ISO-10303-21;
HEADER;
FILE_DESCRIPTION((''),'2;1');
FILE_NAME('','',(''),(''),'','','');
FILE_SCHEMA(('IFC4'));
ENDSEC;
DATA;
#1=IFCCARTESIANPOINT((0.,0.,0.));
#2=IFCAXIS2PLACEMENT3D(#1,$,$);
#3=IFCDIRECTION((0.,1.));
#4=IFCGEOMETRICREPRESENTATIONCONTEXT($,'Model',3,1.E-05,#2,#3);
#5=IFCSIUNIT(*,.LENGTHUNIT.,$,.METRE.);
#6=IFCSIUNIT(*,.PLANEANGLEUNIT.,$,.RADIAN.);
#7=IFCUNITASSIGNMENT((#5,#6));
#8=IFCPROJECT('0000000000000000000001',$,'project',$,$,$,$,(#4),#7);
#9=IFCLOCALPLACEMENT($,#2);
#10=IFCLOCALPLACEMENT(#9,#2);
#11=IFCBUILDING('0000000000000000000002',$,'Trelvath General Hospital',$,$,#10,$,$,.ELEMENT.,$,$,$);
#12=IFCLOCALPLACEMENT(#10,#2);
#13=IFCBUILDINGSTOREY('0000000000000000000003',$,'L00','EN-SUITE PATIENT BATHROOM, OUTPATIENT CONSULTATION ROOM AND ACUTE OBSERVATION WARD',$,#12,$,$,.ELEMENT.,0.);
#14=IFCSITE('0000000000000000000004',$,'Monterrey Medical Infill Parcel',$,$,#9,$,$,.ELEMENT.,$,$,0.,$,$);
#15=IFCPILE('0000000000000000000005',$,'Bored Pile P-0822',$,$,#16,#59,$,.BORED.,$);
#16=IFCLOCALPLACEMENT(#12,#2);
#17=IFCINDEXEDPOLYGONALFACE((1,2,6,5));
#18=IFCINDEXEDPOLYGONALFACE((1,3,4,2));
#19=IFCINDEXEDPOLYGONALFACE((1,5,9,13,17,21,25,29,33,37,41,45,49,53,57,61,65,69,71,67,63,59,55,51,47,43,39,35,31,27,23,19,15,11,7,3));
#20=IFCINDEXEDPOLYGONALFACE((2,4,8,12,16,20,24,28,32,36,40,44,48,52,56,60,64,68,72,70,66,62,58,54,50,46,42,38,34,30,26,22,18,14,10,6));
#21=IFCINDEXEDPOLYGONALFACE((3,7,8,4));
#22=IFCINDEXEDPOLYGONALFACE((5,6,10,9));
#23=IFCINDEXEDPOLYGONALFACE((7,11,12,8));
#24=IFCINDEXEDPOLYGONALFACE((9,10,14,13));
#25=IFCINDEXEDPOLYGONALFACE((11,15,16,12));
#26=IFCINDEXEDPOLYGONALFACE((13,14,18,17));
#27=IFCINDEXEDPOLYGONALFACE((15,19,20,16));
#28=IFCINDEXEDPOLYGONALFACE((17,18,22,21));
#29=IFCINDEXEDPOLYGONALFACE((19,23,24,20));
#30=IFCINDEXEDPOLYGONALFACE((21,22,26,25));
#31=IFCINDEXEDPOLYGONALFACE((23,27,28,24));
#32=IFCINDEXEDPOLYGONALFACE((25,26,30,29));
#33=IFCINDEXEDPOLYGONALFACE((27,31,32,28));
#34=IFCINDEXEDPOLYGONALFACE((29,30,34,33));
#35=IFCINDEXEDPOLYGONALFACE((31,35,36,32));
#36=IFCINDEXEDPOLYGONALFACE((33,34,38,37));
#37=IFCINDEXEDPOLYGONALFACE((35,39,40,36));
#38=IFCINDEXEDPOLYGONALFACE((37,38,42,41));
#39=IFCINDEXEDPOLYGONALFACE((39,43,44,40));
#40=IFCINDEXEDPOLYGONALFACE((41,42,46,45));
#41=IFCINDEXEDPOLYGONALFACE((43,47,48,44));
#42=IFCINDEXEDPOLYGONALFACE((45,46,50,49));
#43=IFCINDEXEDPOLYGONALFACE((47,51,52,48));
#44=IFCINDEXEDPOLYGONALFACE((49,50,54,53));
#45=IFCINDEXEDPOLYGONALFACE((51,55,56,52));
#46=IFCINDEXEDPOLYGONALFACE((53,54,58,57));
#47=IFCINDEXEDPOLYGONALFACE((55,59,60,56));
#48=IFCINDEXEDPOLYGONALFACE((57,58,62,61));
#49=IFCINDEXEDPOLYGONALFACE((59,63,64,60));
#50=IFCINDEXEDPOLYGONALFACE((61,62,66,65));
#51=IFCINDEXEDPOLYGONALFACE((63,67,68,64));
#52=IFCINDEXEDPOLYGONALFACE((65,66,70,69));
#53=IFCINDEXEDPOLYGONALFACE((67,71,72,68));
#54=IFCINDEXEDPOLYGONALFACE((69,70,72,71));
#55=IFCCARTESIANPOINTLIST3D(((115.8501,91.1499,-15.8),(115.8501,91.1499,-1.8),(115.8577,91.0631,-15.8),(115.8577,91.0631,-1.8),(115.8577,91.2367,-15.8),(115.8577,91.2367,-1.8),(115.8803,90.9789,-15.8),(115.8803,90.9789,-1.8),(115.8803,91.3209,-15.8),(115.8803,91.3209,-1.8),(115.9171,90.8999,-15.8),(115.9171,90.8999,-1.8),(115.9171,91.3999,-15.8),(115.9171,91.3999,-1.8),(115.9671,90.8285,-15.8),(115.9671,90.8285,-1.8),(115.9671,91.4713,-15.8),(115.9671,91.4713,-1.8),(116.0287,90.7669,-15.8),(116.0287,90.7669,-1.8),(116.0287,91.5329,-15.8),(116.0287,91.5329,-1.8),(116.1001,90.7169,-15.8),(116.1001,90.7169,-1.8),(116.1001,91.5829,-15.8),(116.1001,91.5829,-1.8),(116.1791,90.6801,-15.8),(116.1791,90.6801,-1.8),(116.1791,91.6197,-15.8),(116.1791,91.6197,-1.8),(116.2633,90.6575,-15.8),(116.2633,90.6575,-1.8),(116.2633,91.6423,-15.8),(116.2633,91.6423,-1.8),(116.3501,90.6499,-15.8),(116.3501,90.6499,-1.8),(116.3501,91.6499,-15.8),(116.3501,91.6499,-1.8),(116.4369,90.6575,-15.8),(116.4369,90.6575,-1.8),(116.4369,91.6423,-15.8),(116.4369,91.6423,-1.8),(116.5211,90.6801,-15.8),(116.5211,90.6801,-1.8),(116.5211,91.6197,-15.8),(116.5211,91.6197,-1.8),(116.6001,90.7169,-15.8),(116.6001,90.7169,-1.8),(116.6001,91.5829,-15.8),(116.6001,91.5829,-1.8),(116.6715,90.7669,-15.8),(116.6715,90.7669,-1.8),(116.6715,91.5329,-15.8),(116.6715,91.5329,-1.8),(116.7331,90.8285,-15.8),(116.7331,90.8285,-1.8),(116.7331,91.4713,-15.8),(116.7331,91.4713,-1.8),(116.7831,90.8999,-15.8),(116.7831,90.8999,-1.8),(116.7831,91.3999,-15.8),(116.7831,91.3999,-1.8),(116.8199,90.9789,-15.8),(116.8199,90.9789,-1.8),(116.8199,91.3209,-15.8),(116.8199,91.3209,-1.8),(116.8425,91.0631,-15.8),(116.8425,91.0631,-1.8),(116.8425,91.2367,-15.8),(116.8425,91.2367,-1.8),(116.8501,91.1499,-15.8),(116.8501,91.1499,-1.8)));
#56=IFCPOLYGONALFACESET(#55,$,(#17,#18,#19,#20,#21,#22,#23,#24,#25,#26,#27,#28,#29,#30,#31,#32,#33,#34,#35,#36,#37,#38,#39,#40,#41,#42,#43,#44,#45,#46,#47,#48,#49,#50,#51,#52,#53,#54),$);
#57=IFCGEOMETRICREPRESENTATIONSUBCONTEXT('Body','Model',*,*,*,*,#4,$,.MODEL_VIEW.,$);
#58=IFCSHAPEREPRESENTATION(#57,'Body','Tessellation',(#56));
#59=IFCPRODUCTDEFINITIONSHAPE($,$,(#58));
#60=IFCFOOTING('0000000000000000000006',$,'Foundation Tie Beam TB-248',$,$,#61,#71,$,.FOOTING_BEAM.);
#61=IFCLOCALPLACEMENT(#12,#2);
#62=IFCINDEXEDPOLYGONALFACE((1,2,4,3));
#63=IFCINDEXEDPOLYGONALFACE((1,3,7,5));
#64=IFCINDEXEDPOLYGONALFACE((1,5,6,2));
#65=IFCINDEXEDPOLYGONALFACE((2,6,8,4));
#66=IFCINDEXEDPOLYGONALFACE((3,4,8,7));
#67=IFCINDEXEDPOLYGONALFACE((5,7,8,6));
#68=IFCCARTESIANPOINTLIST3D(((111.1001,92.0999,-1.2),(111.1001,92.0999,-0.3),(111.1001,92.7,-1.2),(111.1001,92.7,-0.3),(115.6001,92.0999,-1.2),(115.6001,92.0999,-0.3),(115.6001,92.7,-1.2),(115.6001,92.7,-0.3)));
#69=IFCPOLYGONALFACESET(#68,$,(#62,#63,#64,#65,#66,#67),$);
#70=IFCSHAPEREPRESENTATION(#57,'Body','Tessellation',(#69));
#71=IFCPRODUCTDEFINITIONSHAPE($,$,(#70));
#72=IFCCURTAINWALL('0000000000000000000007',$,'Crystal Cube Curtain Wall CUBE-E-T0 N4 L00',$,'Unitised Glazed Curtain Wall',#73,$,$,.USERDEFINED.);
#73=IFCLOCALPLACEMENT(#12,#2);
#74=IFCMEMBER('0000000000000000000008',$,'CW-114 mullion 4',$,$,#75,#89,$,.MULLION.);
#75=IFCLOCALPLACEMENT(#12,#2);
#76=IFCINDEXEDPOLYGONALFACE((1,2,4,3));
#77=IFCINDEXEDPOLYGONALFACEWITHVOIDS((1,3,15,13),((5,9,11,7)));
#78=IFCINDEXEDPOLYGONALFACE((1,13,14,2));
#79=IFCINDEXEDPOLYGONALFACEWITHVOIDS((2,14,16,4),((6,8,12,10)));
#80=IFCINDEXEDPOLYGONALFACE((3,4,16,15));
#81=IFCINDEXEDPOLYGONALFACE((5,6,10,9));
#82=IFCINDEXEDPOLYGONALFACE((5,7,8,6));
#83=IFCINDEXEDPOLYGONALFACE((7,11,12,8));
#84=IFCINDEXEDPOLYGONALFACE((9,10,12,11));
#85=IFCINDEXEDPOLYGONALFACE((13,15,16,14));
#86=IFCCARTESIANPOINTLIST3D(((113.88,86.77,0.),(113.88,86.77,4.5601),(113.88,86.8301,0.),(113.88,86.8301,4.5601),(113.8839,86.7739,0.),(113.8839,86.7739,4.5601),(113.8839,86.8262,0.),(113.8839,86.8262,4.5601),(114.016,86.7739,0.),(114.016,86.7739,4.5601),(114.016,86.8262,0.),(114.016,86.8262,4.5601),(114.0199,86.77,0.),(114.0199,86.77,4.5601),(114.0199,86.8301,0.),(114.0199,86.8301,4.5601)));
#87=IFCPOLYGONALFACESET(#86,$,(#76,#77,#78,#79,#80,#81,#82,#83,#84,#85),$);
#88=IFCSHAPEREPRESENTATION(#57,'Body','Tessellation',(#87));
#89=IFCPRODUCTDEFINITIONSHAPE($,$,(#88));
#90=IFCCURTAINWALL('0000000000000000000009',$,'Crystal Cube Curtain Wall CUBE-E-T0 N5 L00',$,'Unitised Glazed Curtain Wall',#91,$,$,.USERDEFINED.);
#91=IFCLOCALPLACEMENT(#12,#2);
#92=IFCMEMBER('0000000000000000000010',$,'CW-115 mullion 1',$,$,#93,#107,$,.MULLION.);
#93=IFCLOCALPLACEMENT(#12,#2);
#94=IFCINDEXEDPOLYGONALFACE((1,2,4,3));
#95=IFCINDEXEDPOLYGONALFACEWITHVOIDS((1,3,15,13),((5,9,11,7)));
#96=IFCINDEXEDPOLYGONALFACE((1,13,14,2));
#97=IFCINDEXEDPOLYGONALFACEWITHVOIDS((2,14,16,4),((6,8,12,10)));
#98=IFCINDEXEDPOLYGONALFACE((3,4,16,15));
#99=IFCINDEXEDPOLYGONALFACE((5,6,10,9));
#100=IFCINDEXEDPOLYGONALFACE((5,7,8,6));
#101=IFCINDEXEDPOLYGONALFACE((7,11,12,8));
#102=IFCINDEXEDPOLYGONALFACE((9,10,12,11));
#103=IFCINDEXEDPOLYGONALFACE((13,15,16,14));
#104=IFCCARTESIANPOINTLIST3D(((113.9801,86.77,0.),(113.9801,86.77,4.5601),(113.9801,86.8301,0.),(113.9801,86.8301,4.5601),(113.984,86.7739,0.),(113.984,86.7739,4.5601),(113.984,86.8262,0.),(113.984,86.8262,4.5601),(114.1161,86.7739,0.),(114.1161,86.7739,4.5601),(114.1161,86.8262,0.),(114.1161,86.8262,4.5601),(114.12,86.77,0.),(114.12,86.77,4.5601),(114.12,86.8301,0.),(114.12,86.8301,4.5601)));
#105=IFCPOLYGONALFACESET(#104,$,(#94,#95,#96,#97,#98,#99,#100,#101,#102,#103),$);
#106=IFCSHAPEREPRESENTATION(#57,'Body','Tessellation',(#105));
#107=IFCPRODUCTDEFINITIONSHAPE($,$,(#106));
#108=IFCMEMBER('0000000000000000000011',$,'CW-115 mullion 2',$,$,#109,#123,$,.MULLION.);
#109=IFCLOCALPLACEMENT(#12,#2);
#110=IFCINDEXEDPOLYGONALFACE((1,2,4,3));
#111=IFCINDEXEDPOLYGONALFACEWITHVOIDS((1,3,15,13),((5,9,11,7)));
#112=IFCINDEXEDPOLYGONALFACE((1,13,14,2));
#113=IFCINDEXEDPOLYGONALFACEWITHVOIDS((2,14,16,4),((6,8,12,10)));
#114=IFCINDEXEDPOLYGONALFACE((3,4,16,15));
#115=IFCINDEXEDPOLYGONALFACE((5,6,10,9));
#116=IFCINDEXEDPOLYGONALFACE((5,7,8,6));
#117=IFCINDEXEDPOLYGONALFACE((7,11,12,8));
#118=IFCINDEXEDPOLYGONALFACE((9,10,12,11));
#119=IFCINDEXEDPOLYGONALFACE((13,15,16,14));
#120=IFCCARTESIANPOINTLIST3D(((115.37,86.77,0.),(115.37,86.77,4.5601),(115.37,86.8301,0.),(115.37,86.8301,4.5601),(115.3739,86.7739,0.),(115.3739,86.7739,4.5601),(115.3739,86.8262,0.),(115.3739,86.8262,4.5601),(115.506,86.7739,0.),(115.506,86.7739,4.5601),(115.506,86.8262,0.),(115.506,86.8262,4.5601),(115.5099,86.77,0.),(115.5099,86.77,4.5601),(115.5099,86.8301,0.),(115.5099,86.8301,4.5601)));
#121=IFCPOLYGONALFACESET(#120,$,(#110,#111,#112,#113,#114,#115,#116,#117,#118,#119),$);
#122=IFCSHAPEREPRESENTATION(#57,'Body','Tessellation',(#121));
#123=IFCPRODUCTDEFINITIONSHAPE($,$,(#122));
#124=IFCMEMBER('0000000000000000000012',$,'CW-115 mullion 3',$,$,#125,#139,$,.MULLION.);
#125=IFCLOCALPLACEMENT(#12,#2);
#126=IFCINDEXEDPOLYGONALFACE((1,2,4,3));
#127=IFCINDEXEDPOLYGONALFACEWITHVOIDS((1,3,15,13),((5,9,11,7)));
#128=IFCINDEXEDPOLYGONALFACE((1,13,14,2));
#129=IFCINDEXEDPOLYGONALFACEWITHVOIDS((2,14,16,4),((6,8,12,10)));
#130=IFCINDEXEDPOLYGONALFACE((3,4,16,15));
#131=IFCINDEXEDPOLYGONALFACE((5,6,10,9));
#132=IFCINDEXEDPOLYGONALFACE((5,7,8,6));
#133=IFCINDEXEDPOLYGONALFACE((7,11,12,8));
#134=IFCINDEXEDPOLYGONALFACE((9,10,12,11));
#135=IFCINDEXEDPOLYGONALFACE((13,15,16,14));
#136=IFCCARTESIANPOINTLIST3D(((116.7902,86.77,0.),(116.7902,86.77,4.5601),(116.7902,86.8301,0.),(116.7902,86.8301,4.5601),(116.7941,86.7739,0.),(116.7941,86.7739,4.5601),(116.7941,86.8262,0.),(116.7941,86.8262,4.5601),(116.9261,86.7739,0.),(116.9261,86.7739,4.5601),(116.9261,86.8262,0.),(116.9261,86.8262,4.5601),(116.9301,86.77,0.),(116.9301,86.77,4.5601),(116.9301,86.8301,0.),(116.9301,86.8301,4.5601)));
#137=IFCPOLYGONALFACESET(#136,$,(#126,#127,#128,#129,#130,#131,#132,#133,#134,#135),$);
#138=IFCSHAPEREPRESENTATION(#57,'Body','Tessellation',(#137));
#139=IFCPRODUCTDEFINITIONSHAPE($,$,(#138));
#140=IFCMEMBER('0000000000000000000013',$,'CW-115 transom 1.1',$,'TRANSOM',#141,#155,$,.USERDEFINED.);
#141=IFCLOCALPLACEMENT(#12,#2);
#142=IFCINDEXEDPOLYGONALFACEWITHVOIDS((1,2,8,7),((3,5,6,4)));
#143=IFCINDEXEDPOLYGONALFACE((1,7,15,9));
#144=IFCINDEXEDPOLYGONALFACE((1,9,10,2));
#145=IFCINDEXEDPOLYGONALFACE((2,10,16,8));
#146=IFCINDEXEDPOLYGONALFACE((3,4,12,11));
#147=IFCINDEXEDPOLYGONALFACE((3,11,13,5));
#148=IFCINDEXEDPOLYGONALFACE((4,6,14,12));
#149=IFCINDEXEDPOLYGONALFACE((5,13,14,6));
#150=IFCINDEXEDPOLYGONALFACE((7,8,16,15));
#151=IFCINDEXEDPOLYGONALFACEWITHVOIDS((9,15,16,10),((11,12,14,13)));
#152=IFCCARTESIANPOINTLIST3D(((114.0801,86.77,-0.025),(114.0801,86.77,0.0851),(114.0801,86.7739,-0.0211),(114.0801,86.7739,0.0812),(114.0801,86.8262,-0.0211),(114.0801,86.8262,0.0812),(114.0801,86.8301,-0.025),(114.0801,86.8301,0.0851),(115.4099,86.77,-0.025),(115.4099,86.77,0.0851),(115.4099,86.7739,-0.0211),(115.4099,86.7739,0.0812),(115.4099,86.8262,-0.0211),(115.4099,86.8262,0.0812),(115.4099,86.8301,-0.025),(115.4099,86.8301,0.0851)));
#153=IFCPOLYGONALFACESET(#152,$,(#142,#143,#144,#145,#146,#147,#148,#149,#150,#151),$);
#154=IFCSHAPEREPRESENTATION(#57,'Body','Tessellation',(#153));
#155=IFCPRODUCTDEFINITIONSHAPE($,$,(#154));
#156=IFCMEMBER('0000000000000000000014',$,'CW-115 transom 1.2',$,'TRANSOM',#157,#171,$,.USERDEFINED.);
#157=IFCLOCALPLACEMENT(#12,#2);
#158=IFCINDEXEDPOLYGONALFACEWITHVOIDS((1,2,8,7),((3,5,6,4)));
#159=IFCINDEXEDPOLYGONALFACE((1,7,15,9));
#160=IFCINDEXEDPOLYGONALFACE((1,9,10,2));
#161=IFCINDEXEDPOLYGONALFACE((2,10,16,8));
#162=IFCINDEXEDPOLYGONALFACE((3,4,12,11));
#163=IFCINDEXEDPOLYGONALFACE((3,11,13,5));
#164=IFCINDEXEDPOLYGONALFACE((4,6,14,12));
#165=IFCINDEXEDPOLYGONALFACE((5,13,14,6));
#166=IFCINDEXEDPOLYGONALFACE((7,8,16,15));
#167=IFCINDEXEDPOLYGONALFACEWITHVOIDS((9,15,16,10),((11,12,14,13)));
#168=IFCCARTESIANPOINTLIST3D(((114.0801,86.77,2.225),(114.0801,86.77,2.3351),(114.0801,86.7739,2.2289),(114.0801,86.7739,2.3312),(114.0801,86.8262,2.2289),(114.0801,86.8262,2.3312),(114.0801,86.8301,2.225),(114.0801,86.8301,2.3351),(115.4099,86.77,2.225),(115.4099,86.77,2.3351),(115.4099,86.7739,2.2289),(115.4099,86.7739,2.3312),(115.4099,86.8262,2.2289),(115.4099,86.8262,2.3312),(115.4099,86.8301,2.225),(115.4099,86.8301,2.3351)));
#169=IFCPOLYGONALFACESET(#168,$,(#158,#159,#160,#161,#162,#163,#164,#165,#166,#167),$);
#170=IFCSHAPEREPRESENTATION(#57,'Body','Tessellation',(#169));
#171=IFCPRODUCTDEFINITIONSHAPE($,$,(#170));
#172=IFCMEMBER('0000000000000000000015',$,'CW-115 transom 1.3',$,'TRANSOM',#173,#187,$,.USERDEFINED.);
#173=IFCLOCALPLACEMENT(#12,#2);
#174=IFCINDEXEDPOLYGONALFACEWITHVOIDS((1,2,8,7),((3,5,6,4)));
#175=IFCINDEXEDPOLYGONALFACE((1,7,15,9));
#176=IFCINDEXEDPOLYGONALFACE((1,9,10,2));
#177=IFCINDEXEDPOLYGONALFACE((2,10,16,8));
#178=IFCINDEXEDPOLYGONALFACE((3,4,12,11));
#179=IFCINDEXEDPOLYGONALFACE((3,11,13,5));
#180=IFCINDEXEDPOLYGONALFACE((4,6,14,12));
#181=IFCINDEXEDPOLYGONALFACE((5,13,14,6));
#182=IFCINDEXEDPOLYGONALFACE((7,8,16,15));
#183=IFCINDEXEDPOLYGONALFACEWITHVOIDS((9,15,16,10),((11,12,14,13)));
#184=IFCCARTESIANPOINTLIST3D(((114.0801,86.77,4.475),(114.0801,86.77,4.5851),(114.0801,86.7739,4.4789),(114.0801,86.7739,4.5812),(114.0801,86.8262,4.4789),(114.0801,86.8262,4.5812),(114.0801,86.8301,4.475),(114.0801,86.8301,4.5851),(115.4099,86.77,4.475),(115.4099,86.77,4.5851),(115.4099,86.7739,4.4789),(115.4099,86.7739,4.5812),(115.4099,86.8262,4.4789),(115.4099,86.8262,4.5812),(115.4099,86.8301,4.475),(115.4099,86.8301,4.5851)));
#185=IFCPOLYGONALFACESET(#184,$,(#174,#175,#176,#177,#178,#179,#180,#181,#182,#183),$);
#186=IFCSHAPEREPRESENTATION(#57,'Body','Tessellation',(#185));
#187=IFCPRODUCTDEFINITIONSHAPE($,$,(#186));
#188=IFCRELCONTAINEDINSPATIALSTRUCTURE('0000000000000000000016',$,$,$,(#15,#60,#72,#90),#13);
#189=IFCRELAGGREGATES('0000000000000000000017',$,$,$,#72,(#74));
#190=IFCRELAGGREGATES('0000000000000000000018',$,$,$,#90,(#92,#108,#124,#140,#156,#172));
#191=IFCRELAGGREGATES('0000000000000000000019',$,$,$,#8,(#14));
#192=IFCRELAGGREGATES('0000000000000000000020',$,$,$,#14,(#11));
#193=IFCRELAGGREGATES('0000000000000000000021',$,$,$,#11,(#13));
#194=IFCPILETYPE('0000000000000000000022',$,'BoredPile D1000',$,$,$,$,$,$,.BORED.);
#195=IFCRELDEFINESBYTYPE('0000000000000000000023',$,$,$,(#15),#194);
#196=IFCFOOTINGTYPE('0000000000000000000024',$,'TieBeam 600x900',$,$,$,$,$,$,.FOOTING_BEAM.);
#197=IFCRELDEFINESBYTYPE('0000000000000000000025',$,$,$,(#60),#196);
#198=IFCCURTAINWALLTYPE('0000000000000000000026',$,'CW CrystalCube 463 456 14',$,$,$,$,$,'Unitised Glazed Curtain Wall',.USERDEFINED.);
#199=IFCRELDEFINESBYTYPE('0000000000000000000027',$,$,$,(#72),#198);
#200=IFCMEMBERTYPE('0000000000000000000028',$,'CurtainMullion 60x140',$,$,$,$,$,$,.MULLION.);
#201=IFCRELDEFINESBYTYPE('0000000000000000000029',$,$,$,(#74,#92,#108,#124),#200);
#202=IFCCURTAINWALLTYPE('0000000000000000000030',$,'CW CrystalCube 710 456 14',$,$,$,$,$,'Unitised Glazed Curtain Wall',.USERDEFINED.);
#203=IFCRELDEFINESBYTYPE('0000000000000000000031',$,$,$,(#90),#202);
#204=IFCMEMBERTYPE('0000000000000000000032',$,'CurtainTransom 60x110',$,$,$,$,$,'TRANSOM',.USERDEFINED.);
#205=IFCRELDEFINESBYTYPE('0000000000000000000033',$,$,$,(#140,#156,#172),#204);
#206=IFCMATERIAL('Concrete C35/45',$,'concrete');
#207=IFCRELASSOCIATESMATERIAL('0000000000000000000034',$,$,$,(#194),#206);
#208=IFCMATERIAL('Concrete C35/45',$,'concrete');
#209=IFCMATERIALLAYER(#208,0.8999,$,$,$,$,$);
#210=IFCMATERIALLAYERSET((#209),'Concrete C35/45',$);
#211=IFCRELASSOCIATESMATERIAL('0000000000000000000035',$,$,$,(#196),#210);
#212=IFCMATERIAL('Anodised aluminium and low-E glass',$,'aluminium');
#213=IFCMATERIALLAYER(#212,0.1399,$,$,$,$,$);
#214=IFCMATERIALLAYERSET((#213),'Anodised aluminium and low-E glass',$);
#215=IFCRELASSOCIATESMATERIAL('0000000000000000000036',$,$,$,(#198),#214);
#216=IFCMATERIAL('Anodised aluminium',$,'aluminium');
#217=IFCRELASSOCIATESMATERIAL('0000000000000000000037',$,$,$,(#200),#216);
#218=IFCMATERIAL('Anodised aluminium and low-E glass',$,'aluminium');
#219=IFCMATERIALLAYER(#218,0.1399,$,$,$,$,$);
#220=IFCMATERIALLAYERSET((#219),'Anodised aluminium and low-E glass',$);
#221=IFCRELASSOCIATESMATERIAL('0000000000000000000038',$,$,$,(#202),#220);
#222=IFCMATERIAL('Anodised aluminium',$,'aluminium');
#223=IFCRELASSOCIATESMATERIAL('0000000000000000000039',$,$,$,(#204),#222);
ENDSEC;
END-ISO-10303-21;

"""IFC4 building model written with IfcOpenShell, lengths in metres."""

from ifc_helpers import new_model, si_unit, direction, frame, origin, origin_2d, place, context, subcontext, project, spatial, rectangle, hollow_rectangle, circle, extrude, material, layer, layer_set, material_profile, profile_set, type_object, element, aggregate, save


model = new_model("IFC4")

# Units and contexts
model_context = context("Model", 3, precision=1e-05, world=origin(), true_north=direction((0.0, 1.0)))
body_context = subcontext(model_context, "Body", "Model", "MODEL_VIEW")
ifc_project = project(units=[si_unit("LENGTHUNIT", "METRE"), si_unit("PLANEANGLEUNIT", "RADIAN")], contexts=[model_context])

# Site, building, storey
site_placement = place(None, origin())
site = spatial("IfcSite", under=ifc_project, at=site_placement, Name="Monterrey Medical Infill Parcel", CompositionType="ELEMENT", RefElevation=0.0)
building_placement = place(site_placement, origin())
building = spatial("IfcBuilding", under=site, at=building_placement, Name="Trelvath General Hospital", CompositionType="ELEMENT")
storey_placement = place(building_placement, origin())
storey = spatial("IfcBuildingStorey", under=building, at=storey_placement, Name="L00", Description="EN-SUITE PATIENT BATHROOM, OUTPATIENT CONSULTATION ROOM AND ACUTE OBSERVATION WARD", CompositionType="ELEMENT", Elevation=0.0)

# Pile
ifc_material_1 = material(Name="Concrete C35/45", Category="concrete")
ifc_material_profile_1 = material_profile(ifc_material_1, circle(Radius=0.5, at=origin_2d()), Name="PILE1000")
ifc_profile_set_1 = profile_set([ifc_material_profile_1], Name="Concrete C35/45")
pile_type = type_object("IfcPileType", Name="BoredPile D1000", PredefinedType="BORED", material=ifc_profile_set_1)
pile_placement = place(storey_placement, frame((116.3501, 91.1499, -1.8), z_axis=(0.0, 0.0, -1.0), x_axis=(1.0, 0.0, 0.0)))
element("IfcPile", 1, at=pile_placement, inside=storey, type_object=pile_type, Name="Bored Pile P-0822", PredefinedType="BORED", context=body_context, shape_type="SweptSolid", body=[
    extrude(circle(Radius=0.5, at=origin_2d()), origin(), (0.0, 0.0, 1.0), 14.0),
])

# Footing
ifc_material_2 = material(Name="Concrete C35/45", Category="concrete")
ifc_layer_1 = layer(ifc_material_2, 0.8999)
ifc_layer_set_1 = layer_set([ifc_layer_1], Name="Concrete C35/45")
footing_type = type_object("IfcFootingType", Name="TieBeam 600x900", PredefinedType="FOOTING_BEAM", material=ifc_layer_set_1)
footing_placement = place(storey_placement, frame((113.3501, 92.3999, -1.2), z_axis=(0.0, 0.0, 1.0), x_axis=(1.0, 0.0, 0.0)))
element("IfcFooting", 2, at=footing_placement, inside=storey, type_object=footing_type, Name="Foundation Tie Beam TB-248", PredefinedType="FOOTING_BEAM", context=body_context, shape_type="SweptSolid", body=[
    extrude(rectangle(XDim=4.5, YDim=0.6001, at=origin_2d()), origin(), (0.0, 0.0, 1.0), 0.8999),
])

# Curtain wall, member
ifc_material_3 = material(Name="Anodised aluminium and low-E glass", Category="aluminium")
ifc_layer_2 = layer(ifc_material_3, 0.1399)
ifc_layer_set_2 = layer_set([ifc_layer_2], Name="Anodised aluminium and low-E glass")
curtain_wall_type_1 = type_object("IfcCurtainWallType", Name="CW CrystalCube 463 456 14", ElementType="Unitised Glazed Curtain Wall", PredefinedType="USERDEFINED", material=ifc_layer_set_2)
curtain_wall_1_placement = place(storey_placement, origin())
curtain_wall_1 = element("IfcCurtainWall", 3, at=curtain_wall_1_placement, inside=storey, type_object=curtain_wall_type_1, Name="Crystal Cube Curtain Wall CUBE-E-T0 N4 L00", ObjectType="Unitised Glazed Curtain Wall", PredefinedType="USERDEFINED")
ifc_material_4 = material(Name="Anodised aluminium", Category="aluminium")
ifc_material_profile_2 = material_profile(ifc_material_4, hollow_rectangle(XDim=0.0601, YDim=0.1399, WallThickness=0.0039, at=origin_2d()), Name="RHS60x140x4")
ifc_profile_set_2 = profile_set([ifc_material_profile_2], Name="Anodised aluminium")
member_type_1 = type_object("IfcMemberType", Name="CurtainMullion 60x140", PredefinedType="MULLION", material=ifc_profile_set_2)
member_1_placement = place(storey_placement, frame((113.95, 86.8, 0.0), z_axis=(0.0, 0.0, 1.0), x_axis=(0.0, 1.0, 0.0)))
member_1 = element("IfcMember", 4, at=member_1_placement, type_object=member_type_1, Name="CW-114 mullion 4", PredefinedType="MULLION", context=body_context, shape_type="SweptSolid", body=[
    extrude(hollow_rectangle(XDim=0.0601, YDim=0.1399, WallThickness=0.0039, at=origin_2d()), origin(), (0.0, 0.0, 1.0), 4.5601),
])
aggregate(curtain_wall_1, [member_1])

# Curtain wall, members
ifc_material_5 = material(Name="Anodised aluminium and low-E glass", Category="aluminium")
ifc_layer_3 = layer(ifc_material_5, 0.1399)
ifc_layer_set_3 = layer_set([ifc_layer_3], Name="Anodised aluminium and low-E glass")
curtain_wall_type_2 = type_object("IfcCurtainWallType", Name="CW CrystalCube 710 456 14", ElementType="Unitised Glazed Curtain Wall", PredefinedType="USERDEFINED", material=ifc_layer_set_3)
curtain_wall_2_placement = place(storey_placement, origin())
curtain_wall_2 = element("IfcCurtainWall", 5, at=curtain_wall_2_placement, inside=storey, type_object=curtain_wall_type_2, Name="Crystal Cube Curtain Wall CUBE-E-T0 N5 L00", ObjectType="Unitised Glazed Curtain Wall", PredefinedType="USERDEFINED")
member_2_placement = place(storey_placement, frame((114.05, 86.8, 0.0), z_axis=(0.0, 0.0, 1.0), x_axis=(0.0, 1.0, 0.0)))
member_2 = element("IfcMember", 6, at=member_2_placement, type_object=member_type_1, Name="CW-115 mullion 1", PredefinedType="MULLION", context=body_context, shape_type="SweptSolid", body=[
    extrude(hollow_rectangle(XDim=0.0601, YDim=0.1399, WallThickness=0.0039, at=origin_2d()), origin(), (0.0, 0.0, 1.0), 4.5601),
])
member_3_placement = place(storey_placement, frame((115.4399, 86.8, 0.0), z_axis=(0.0, 0.0, 1.0), x_axis=(0.0, 1.0, 0.0)))
member_3 = element("IfcMember", 7, at=member_3_placement, type_object=member_type_1, Name="CW-115 mullion 2", PredefinedType="MULLION", context=body_context, shape_type="SweptSolid", body=[
    extrude(hollow_rectangle(XDim=0.0601, YDim=0.1399, WallThickness=0.0039, at=origin_2d()), origin(), (0.0, 0.0, 1.0), 4.5601),
])
member_4_placement = place(storey_placement, frame((116.8601, 86.8, 0.0), z_axis=(0.0, 0.0, 1.0), x_axis=(0.0, 1.0, 0.0)))
member_4 = element("IfcMember", 8, at=member_4_placement, type_object=member_type_1, Name="CW-115 mullion 3", PredefinedType="MULLION", context=body_context, shape_type="SweptSolid", body=[
    extrude(hollow_rectangle(XDim=0.0601, YDim=0.1399, WallThickness=0.0039, at=origin_2d()), origin(), (0.0, 0.0, 1.0), 4.5601),
])
ifc_material_6 = material(Name="Anodised aluminium", Category="aluminium")
ifc_material_profile_3 = material_profile(ifc_material_6, hollow_rectangle(XDim=0.0601, YDim=0.1101, WallThickness=0.0039, at=origin_2d()), Name="RHS60x110x4")
ifc_profile_set_3 = profile_set([ifc_material_profile_3], Name="Anodised aluminium")
member_type_2 = type_object("IfcMemberType", Name="CurtainTransom 60x110", ElementType="TRANSOM", PredefinedType="USERDEFINED", material=ifc_profile_set_3)
member_5_placement = place(storey_placement, frame((114.0801, 86.8, 0.03), z_axis=(1.0, 0.0, 0.0), x_axis=(0.0, 1.0, 0.0)))
member_5 = element("IfcMember", 9, at=member_5_placement, type_object=member_type_2, Name="CW-115 transom 1.1", ObjectType="TRANSOM", PredefinedType="USERDEFINED", context=body_context, shape_type="SweptSolid", body=[
    extrude(hollow_rectangle(XDim=0.0601, YDim=0.1101, WallThickness=0.0039, at=origin_2d()), origin(), (0.0, 0.0, 1.0), 1.3298),
])
member_6_placement = place(storey_placement, frame((114.0801, 86.8, 2.28), z_axis=(1.0, 0.0, 0.0), x_axis=(0.0, 1.0, 0.0)))
member_6 = element("IfcMember", 10, at=member_6_placement, type_object=member_type_2, Name="CW-115 transom 1.2", ObjectType="TRANSOM", PredefinedType="USERDEFINED", context=body_context, shape_type="SweptSolid", body=[
    extrude(hollow_rectangle(XDim=0.0601, YDim=0.1101, WallThickness=0.0039, at=origin_2d()), origin(), (0.0, 0.0, 1.0), 1.3298),
])
member_7_placement = place(storey_placement, frame((114.0801, 86.8, 4.53), z_axis=(1.0, 0.0, 0.0), x_axis=(0.0, 1.0, 0.0)))
member_7 = element("IfcMember", 11, at=member_7_placement, type_object=member_type_2, Name="CW-115 transom 1.3", ObjectType="TRANSOM", PredefinedType="USERDEFINED", context=body_context, shape_type="SweptSolid", body=[
    extrude(hollow_rectangle(XDim=0.0601, YDim=0.1101, WallThickness=0.0039, at=origin_2d()), origin(), (0.0, 0.0, 1.0), 1.3298),
])
aggregate(curtain_wall_2, [member_2, member_3, member_4, member_5, member_6, member_7])

save(model, "model.ifc")
